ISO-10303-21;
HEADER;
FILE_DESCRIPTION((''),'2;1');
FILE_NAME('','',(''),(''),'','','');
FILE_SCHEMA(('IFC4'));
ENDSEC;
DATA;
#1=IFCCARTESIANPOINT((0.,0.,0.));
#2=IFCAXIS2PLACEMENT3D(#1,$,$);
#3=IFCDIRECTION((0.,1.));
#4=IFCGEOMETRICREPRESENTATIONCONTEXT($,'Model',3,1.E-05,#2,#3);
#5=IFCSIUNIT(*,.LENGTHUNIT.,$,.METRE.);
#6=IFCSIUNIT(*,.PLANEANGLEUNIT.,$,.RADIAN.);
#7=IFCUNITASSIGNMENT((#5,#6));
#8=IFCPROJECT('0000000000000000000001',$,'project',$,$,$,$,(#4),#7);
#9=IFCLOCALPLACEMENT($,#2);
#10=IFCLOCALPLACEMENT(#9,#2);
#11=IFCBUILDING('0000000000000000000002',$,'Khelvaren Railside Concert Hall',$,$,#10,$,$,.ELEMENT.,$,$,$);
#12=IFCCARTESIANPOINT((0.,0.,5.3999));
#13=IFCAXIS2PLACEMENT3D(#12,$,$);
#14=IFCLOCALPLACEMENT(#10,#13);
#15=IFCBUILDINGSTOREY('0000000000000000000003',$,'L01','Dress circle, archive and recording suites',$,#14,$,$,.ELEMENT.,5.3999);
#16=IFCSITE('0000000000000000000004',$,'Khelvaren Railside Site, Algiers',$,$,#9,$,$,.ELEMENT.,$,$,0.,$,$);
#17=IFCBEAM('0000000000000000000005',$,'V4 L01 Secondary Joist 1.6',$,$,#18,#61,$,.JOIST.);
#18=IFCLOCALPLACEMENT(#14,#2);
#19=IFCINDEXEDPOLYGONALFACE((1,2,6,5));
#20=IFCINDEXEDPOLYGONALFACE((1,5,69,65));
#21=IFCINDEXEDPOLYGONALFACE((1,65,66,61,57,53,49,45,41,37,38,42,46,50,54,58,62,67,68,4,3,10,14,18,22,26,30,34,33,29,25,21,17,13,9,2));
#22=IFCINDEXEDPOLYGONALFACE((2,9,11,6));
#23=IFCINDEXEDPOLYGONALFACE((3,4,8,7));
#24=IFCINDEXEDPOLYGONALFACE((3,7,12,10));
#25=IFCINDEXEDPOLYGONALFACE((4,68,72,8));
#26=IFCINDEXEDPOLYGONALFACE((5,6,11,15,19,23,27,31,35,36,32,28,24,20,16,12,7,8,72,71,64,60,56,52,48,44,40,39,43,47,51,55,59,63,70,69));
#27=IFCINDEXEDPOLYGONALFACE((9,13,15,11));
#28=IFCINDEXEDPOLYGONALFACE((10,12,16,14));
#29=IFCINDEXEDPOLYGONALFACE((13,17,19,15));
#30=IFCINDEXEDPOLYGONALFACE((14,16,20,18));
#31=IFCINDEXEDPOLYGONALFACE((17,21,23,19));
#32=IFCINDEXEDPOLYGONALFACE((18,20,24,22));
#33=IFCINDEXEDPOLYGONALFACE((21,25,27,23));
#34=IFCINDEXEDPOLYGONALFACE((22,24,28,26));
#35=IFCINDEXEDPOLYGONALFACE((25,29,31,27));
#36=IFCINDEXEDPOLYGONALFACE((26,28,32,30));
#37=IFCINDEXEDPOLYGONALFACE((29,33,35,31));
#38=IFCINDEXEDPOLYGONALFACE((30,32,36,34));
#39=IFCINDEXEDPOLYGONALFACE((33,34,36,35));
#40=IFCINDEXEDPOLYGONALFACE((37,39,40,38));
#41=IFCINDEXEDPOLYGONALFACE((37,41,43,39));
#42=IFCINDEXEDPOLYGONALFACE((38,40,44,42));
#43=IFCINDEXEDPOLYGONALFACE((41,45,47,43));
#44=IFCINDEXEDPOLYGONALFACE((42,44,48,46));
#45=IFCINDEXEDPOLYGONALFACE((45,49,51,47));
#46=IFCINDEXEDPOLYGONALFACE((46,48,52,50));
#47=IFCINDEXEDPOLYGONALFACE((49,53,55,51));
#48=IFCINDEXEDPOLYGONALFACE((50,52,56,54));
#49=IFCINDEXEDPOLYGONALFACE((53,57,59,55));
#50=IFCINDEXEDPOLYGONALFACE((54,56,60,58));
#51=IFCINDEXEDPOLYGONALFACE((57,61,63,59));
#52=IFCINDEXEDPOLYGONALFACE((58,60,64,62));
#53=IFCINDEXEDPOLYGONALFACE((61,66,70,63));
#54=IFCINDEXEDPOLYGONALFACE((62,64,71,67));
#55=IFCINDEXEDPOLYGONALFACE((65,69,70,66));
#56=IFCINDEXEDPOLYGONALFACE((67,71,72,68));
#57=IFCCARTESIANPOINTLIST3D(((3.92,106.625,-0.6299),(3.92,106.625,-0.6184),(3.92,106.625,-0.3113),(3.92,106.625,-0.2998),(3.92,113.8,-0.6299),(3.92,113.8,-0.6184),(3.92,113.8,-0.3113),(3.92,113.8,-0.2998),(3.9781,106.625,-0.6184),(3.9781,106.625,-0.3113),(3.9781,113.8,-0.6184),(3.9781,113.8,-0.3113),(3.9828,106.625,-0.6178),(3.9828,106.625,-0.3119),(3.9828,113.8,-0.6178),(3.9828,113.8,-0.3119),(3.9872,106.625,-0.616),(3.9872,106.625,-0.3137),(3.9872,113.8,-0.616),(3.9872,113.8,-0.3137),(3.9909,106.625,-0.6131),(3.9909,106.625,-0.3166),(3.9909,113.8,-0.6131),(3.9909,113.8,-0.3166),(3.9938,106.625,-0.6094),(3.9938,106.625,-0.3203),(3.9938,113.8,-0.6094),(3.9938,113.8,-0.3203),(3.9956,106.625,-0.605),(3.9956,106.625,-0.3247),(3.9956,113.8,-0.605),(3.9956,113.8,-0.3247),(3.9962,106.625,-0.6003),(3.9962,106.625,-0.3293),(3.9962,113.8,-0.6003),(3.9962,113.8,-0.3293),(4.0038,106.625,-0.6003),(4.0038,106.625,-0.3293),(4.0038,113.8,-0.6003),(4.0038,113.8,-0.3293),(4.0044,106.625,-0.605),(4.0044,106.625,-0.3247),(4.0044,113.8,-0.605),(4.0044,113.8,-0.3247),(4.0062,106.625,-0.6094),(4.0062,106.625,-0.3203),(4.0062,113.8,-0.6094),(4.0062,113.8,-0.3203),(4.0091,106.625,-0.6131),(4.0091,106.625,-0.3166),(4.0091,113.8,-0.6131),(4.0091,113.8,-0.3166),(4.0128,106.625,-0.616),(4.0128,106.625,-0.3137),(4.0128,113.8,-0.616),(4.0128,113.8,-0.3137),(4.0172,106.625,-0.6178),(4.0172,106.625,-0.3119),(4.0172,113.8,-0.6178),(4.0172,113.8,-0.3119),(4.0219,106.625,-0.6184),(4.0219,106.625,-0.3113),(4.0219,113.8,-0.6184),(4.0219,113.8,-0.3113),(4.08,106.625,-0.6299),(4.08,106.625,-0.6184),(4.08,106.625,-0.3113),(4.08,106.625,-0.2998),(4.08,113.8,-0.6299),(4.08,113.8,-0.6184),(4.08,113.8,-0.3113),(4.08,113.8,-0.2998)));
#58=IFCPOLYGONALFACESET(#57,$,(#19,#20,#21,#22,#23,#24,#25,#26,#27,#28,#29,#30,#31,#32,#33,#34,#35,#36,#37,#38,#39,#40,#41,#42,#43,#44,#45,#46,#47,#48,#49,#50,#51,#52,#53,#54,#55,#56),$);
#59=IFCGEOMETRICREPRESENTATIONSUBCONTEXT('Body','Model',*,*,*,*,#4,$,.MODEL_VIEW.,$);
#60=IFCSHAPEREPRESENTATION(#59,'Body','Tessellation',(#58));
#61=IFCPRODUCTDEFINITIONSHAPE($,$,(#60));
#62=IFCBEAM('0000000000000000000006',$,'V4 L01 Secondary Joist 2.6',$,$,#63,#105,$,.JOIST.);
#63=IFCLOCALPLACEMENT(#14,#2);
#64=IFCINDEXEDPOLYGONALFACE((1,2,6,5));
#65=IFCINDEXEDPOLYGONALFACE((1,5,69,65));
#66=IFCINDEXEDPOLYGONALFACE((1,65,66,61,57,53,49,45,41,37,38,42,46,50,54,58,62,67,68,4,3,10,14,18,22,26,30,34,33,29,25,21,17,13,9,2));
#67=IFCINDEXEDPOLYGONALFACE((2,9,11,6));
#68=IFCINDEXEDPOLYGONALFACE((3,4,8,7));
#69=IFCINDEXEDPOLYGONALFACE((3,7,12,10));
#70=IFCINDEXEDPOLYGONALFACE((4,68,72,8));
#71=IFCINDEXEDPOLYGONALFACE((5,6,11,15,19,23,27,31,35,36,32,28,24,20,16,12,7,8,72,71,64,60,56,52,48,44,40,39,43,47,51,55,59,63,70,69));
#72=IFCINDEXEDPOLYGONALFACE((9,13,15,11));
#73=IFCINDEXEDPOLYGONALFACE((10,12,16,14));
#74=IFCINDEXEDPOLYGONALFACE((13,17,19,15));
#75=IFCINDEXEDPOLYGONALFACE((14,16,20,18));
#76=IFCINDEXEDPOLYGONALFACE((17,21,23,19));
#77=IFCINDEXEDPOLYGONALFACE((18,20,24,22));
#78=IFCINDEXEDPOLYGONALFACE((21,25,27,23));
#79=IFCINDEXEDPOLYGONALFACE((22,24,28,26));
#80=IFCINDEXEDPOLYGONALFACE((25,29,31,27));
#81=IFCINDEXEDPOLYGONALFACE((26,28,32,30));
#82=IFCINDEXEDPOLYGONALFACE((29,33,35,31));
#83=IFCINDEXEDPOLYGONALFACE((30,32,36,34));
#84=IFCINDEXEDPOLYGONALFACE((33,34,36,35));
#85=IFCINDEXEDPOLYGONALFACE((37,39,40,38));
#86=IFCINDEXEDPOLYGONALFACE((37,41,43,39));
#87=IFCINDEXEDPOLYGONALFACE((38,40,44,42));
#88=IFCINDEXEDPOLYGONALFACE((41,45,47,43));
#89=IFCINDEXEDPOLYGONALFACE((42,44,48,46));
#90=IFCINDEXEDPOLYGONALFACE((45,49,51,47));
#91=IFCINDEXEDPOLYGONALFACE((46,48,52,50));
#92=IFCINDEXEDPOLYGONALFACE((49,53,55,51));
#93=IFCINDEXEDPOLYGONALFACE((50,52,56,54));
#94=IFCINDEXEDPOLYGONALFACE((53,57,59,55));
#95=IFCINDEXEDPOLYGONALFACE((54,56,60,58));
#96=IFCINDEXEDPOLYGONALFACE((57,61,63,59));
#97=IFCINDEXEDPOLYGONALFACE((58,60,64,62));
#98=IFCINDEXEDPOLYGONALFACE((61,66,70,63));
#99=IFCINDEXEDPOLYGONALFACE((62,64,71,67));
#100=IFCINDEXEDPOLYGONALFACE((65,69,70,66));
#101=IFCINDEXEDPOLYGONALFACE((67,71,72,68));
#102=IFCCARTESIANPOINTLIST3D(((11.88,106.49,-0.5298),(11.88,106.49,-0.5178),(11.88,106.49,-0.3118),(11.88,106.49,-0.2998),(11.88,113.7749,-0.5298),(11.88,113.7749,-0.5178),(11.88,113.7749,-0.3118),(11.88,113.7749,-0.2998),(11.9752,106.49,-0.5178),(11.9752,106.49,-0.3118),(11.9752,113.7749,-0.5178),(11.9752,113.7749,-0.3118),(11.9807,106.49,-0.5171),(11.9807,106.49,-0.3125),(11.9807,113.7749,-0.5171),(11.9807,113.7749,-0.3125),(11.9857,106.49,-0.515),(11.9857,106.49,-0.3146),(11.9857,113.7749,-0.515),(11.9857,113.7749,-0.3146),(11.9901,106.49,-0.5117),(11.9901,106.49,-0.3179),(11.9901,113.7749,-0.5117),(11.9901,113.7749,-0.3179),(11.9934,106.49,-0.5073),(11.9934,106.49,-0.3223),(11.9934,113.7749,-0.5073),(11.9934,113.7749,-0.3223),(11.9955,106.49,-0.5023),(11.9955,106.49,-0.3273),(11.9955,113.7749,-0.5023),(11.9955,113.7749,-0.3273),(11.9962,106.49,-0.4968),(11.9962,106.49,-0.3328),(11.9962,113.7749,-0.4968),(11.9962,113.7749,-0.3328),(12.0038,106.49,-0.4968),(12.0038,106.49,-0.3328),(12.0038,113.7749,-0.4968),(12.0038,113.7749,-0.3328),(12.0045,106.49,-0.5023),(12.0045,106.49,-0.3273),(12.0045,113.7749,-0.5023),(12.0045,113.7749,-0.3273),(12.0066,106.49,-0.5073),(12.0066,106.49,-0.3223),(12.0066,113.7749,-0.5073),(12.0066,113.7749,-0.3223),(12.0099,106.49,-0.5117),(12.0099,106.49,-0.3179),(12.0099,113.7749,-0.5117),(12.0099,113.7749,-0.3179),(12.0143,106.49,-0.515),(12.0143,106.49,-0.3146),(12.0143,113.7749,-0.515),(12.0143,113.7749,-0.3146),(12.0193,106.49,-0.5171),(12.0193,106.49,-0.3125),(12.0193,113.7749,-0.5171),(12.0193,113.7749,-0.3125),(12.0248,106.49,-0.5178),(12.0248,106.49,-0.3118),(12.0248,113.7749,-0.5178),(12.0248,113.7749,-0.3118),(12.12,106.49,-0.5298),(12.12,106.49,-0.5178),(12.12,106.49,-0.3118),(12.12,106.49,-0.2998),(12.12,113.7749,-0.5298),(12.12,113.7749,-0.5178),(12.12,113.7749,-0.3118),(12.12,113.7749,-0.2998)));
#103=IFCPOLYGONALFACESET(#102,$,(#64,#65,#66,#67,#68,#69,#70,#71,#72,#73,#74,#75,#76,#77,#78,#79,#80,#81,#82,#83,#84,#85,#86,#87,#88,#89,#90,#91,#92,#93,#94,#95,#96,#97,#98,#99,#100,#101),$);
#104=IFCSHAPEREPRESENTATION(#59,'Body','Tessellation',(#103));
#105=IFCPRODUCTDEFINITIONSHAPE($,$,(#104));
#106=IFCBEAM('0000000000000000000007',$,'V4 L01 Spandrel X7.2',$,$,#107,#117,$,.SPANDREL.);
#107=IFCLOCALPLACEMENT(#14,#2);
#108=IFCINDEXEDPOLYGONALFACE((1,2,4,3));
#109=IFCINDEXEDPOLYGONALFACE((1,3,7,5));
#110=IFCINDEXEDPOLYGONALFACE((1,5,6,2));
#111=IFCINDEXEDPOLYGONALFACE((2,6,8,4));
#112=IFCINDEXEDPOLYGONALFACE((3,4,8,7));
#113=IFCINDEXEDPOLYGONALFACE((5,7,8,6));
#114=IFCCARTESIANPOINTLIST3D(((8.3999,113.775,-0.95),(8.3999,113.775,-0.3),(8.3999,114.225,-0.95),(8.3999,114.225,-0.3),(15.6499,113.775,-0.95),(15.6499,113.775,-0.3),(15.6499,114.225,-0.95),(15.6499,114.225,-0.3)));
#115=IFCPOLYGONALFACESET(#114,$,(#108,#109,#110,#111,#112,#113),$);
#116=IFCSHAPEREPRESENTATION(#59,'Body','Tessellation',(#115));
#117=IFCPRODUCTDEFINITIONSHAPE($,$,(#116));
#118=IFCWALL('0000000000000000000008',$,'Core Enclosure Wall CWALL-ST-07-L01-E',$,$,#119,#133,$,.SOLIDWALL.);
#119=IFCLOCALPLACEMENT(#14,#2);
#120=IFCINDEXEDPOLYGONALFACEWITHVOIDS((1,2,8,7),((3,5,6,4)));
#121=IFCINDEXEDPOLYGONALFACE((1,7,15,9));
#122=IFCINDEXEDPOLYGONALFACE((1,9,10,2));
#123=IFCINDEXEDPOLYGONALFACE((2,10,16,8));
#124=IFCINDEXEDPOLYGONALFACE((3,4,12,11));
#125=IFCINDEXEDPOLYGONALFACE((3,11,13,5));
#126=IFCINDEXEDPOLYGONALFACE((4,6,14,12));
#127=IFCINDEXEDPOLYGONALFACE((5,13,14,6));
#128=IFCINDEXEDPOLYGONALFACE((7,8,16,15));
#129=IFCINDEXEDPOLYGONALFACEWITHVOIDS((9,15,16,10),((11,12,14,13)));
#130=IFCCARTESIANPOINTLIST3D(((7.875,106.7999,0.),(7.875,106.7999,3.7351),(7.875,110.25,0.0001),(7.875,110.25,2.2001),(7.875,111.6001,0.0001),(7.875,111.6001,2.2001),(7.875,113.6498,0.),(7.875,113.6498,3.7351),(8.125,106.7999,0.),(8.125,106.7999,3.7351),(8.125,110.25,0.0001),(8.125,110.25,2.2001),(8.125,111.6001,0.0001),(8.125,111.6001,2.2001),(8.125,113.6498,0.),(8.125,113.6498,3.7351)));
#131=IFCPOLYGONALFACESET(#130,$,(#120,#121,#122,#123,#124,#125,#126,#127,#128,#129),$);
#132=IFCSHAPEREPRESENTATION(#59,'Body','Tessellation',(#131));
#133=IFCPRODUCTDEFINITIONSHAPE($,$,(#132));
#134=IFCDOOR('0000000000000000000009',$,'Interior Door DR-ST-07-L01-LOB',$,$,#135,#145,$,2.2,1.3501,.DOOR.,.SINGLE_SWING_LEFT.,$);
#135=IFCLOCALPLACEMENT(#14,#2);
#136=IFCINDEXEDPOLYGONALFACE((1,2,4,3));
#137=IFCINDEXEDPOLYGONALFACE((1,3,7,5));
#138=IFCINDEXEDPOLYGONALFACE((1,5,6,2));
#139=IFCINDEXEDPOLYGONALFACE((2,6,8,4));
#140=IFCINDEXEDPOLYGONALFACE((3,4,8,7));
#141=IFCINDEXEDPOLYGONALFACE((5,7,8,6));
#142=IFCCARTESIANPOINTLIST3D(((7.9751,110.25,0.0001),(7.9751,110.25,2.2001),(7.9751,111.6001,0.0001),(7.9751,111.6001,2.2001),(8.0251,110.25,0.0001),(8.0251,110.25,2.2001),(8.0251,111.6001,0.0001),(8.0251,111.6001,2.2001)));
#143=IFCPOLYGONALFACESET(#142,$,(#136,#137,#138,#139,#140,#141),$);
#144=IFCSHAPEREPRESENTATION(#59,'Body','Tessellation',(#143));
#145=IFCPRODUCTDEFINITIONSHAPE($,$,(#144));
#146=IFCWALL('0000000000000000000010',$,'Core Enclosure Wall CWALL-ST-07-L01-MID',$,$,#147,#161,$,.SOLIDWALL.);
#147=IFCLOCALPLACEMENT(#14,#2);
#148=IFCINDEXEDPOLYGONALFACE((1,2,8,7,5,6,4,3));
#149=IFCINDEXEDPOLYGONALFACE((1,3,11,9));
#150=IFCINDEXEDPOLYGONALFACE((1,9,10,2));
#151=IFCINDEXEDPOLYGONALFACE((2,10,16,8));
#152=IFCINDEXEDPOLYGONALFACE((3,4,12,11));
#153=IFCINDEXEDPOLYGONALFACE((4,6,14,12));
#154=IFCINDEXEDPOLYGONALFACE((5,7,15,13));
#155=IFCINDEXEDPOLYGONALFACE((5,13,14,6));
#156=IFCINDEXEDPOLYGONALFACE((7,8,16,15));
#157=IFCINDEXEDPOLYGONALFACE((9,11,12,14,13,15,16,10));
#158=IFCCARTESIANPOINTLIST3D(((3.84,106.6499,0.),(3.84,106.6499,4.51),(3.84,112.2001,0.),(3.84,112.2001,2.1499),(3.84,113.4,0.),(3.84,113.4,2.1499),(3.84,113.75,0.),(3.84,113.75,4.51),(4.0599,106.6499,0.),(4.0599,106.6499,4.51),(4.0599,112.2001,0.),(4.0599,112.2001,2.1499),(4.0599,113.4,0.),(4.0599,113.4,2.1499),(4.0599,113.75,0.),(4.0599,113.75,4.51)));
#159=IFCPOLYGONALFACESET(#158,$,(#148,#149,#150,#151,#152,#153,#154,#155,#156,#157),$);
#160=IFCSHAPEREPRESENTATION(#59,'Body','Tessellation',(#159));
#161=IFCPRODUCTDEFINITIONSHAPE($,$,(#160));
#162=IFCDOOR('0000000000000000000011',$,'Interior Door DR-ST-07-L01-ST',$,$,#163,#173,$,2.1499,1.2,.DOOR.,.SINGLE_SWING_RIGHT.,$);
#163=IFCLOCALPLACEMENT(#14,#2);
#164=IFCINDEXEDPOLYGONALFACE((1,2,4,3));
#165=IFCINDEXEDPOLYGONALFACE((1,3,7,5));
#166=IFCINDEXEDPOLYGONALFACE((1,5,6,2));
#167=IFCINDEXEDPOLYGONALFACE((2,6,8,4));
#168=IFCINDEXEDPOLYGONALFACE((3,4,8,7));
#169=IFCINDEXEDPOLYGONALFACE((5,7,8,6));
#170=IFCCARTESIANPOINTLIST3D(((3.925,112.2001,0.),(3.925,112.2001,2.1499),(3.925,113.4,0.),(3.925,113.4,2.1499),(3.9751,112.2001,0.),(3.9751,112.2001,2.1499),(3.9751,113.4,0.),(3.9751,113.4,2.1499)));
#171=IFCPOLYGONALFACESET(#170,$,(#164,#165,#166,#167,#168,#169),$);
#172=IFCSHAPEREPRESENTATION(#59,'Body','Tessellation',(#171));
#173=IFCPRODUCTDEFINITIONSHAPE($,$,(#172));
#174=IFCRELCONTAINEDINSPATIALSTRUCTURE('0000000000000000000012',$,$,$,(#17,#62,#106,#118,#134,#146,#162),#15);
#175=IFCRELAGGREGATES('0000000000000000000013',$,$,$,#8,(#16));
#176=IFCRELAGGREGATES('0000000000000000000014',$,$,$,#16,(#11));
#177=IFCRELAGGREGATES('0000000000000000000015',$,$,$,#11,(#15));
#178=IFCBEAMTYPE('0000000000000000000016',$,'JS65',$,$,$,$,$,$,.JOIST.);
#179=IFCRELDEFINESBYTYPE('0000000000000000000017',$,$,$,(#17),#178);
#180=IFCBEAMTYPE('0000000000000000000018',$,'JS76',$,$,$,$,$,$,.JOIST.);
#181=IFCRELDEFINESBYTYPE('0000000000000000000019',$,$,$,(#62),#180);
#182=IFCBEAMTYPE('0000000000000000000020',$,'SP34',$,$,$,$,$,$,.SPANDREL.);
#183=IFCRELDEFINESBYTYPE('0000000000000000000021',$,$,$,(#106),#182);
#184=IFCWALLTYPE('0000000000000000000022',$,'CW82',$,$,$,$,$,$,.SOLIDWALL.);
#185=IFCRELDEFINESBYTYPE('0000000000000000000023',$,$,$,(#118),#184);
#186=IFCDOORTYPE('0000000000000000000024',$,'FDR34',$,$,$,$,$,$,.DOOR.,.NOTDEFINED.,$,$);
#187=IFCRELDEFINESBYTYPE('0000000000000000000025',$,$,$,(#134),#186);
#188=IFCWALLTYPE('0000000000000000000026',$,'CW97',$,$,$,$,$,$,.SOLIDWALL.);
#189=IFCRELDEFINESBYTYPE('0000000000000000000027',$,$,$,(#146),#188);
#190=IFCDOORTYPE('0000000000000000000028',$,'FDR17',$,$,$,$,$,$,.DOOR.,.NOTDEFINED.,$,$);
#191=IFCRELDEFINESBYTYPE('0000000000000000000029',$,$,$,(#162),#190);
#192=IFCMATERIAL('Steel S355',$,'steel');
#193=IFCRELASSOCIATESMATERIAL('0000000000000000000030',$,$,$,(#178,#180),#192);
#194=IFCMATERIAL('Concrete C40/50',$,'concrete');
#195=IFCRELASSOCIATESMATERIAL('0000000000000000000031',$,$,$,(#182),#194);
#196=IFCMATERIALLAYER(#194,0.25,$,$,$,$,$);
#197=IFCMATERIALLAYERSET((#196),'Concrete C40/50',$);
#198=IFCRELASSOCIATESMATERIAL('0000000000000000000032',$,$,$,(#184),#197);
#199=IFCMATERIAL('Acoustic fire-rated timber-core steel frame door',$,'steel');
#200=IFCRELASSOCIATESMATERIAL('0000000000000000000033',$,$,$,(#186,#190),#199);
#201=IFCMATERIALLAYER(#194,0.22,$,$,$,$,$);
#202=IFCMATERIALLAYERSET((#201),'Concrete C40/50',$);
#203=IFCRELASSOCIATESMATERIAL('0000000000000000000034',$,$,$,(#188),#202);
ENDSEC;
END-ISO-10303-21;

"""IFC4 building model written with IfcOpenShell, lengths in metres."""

from ifc_helpers import new_model, si_unit, direction, frame, frame_2d, origin, origin_2d, place, context, subcontext, project, spatial, rectangle, i_section, extrude, material, layer, layer_set, material_profile, profile_set, type_object, element, fill, save


model = new_model("IFC4")

# Units and contexts
model_context = context("Model", 3, precision=1e-05, world=origin(), true_north=direction((0.0, 1.0)))
body_context = subcontext(model_context, "Body", "Model", "MODEL_VIEW")
ifc_project = project(units=[si_unit("LENGTHUNIT", "METRE"), si_unit("PLANEANGLEUNIT", "RADIAN")], contexts=[model_context])

# Site, building, storey
site_placement = place(None, origin())
site = spatial("IfcSite", under=ifc_project, at=site_placement, Name="Khelvaren Railside Site, Algiers", CompositionType="ELEMENT", RefElevation=0.0)
building_placement = place(site_placement, origin())
building = spatial("IfcBuilding", under=site, at=building_placement, Name="Khelvaren Railside Concert Hall", CompositionType="ELEMENT")
storey_placement = place(building_placement, frame((0.0, 0.0, 5.3999)))
storey = spatial("IfcBuildingStorey", under=building, at=storey_placement, Name="L01", Description="Dress circle, archive and recording suites", CompositionType="ELEMENT", Elevation=5.3999)

# Beams
ifc_material_1 = material(Name="Steel S355", Category="steel")
ifc_material_2 = material(Name="Concrete C40/50", Category="concrete")
ifc_material_profile_1 = material_profile(ifc_material_1, i_section(OverallWidth=0.1599, OverallDepth=0.3301, WebThickness=0.0076, FlangeThickness=0.0115, FilletRadius=0.0181, at=origin_2d()), Name="IPE 330")
ifc_profile_set_1 = profile_set([ifc_material_profile_1], Name="Steel S355")
beam_type_1 = type_object("IfcBeamType", Name="JS65", PredefinedType="JOIST", material=ifc_profile_set_1)
beam_1_placement = place(storey_placement, frame((4.0, 106.625, -0.4648), z_axis=(0.0, 1.0, 0.0), x_axis=(-1.0, 0.0, 0.0)))
element("IfcBeam", 1, at=beam_1_placement, inside=storey, type_object=beam_type_1, Name="V4 L01 Secondary Joist 1.6", PredefinedType="JOIST", context=body_context, shape_type="SweptSolid", body=[
    extrude(i_section(OverallWidth=0.1599, OverallDepth=0.3301, WebThickness=0.0076, FlangeThickness=0.0115, FilletRadius=0.0181, at=origin_2d()), origin(), (0.0, 0.0, 1.0), 7.175),
])
ifc_material_profile_2 = material_profile(ifc_material_1, i_section(OverallWidth=0.24, OverallDepth=0.23, WebThickness=0.0076, FlangeThickness=0.012, FilletRadius=0.021, at=origin_2d()), Name="HEA 240")
ifc_profile_set_2 = profile_set([ifc_material_profile_2], Name="Steel S355")
beam_type_2 = type_object("IfcBeamType", Name="JS76", PredefinedType="JOIST", material=ifc_profile_set_2)
beam_2_placement = place(storey_placement, frame((12.0, 106.49, -0.4148), z_axis=(0.0, 1.0, 0.0), x_axis=(-1.0, 0.0, 0.0)))
element("IfcBeam", 2, at=beam_2_placement, inside=storey, type_object=beam_type_2, Name="V4 L01 Secondary Joist 2.6", PredefinedType="JOIST", context=body_context, shape_type="SweptSolid", body=[
    extrude(i_section(OverallWidth=0.24, OverallDepth=0.23, WebThickness=0.0076, FlangeThickness=0.012, FilletRadius=0.021, at=origin_2d()), origin(), (0.0, 0.0, 1.0), 7.2849),
])
ifc_material_profile_3 = material_profile(ifc_material_2, rectangle(XDim=0.45, YDim=0.6499, at=origin_2d()), Name="RCB 450x650")
ifc_profile_set_3 = profile_set([ifc_material_profile_3], Name="Concrete C40/50")
beam_type_3 = type_object("IfcBeamType", Name="SP34", PredefinedType="SPANDREL", material=ifc_profile_set_3)
beam_3_placement = place(storey_placement, frame((8.3999, 114.0, -0.625), z_axis=(1.0, 0.0, 0.0), x_axis=(0.0, 1.0, 0.0)))
element("IfcBeam", 3, at=beam_3_placement, inside=storey, type_object=beam_type_3, Name="V4 L01 Spandrel X7.2", PredefinedType="SPANDREL", context=body_context, shape_type="SweptSolid", body=[
    extrude(rectangle(XDim=0.45, YDim=0.6499, at=origin_2d()), origin(), (0.0, 0.0, 1.0), 7.25),
])

# Walls, openings, doors
ifc_layer_1 = layer(ifc_material_2, 0.25)
ifc_layer_set_1 = layer_set([ifc_layer_1], Name="Concrete C40/50")
wall_type_1 = type_object("IfcWallType", Name="CW82", PredefinedType="SOLIDWALL", material=ifc_layer_set_1)
wall_1_placement = place(storey_placement, frame((8.0, 106.8, 0.0), z_axis=(0.0, 0.0, 1.0), x_axis=(0.0, 1.0, 0.0)))
wall_1 = element("IfcWall", 4, at=wall_1_placement, inside=storey, type_object=wall_type_1, Name="Core Enclosure Wall CWALL-ST-07-L01-E", PredefinedType="SOLIDWALL", context=body_context, shape_type="SweptSolid", body=[
    extrude(rectangle(XDim=6.8499, YDim=0.25, at=frame_2d((3.4248, 0.0))), origin(), (0.0, 0.0, 1.0), 3.7351),
])
opening_1_placement = place(wall_1_placement, frame((3.45, 0.0, 0.0)))
opening_1 = element("IfcOpeningElement", 5, at=opening_1_placement, cuts=wall_1, PredefinedType="OPENING", context=body_context, shape_type="SweptSolid", body=[
    extrude(rectangle(XDim=1.3501, YDim=2.2, at=frame_2d((0.675, 1.1001))), frame((0.0, 0.135, 0.0), z_axis=(0.0, -1.0, 0.0), x_axis=(1.0, 0.0, 0.0)), (0.0, 0.0, 1.0), 0.27),
])
ifc_material_3 = material(Name="Acoustic fire-rated timber-core steel frame door", Category="steel")
door_type_1 = type_object("IfcDoorType", Name="FDR34", OperationType="NOTDEFINED", PredefinedType="DOOR", material=ifc_material_3)
door_1_placement = place(opening_1_placement, origin())
door_1 = element("IfcDoor", 6, at=door_1_placement, inside=storey, type_object=door_type_1, Name="Interior Door DR-ST-07-L01-LOB", OperationType="SINGLE_SWING_LEFT", OverallHeight=2.2, OverallWidth=1.3501, PredefinedType="DOOR", context=body_context, shape_type="SweptSolid", body=[
    extrude(rectangle(XDim=1.3501, YDim=2.2, at=frame_2d((0.675, 1.1001))), frame((0.0, 0.0249, 0.0), z_axis=(0.0, -1.0, 0.0), x_axis=(1.0, 0.0, 0.0)), (0.0, 0.0, 1.0), 0.05),
])
fill(opening_1, door_1)
ifc_layer_2 = layer(ifc_material_2, 0.22)
ifc_layer_set_2 = layer_set([ifc_layer_2], Name="Concrete C40/50")
wall_type_2 = type_object("IfcWallType", Name="CW97", PredefinedType="SOLIDWALL", material=ifc_layer_set_2)
wall_2_placement = place(storey_placement, frame((3.95, 106.6499, 0.0), z_axis=(0.0, 0.0, 1.0), x_axis=(0.0, 1.0, 0.0)))
wall_2 = element("IfcWall", 7, at=wall_2_placement, inside=storey, type_object=wall_type_2, Name="Core Enclosure Wall CWALL-ST-07-L01-MID", PredefinedType="SOLIDWALL", context=body_context, shape_type="SweptSolid", body=[
    extrude(rectangle(XDim=7.1001, YDim=0.22, at=frame_2d((3.55, 0.0))), origin(), (0.0, 0.0, 1.0), 4.51),
])
opening_2_placement = place(wall_2_placement, frame((5.55, 0.0, 0.0)))
opening_2 = element("IfcOpeningElement", 8, at=opening_2_placement, cuts=wall_2, PredefinedType="OPENING", context=body_context, shape_type="SweptSolid", body=[
    extrude(rectangle(XDim=1.2, YDim=2.1499, at=frame_2d((0.6001, 1.075))), frame((0.0, 0.1199, 0.0), z_axis=(0.0, -1.0, 0.0), x_axis=(1.0, 0.0, 0.0)), (0.0, 0.0, 1.0), 0.24),
])
door_type_2 = type_object("IfcDoorType", Name="FDR17", OperationType="NOTDEFINED", PredefinedType="DOOR", material=ifc_material_3)
door_2_placement = place(opening_2_placement, origin())
door_2 = element("IfcDoor", 9, at=door_2_placement, inside=storey, type_object=door_type_2, Name="Interior Door DR-ST-07-L01-ST", OperationType="SINGLE_SWING_RIGHT", OverallHeight=2.1499, OverallWidth=1.2, PredefinedType="DOOR", context=body_context, shape_type="SweptSolid", body=[
    extrude(rectangle(XDim=1.2, YDim=2.1499, at=frame_2d((0.6001, 1.075))), frame((0.0, 0.0249, 0.0), z_axis=(0.0, -1.0, 0.0), x_axis=(1.0, 0.0, 0.0)), (0.0, 0.0, 1.0), 0.05),
])
fill(opening_2, door_2)

save(model, "model.ifc")
